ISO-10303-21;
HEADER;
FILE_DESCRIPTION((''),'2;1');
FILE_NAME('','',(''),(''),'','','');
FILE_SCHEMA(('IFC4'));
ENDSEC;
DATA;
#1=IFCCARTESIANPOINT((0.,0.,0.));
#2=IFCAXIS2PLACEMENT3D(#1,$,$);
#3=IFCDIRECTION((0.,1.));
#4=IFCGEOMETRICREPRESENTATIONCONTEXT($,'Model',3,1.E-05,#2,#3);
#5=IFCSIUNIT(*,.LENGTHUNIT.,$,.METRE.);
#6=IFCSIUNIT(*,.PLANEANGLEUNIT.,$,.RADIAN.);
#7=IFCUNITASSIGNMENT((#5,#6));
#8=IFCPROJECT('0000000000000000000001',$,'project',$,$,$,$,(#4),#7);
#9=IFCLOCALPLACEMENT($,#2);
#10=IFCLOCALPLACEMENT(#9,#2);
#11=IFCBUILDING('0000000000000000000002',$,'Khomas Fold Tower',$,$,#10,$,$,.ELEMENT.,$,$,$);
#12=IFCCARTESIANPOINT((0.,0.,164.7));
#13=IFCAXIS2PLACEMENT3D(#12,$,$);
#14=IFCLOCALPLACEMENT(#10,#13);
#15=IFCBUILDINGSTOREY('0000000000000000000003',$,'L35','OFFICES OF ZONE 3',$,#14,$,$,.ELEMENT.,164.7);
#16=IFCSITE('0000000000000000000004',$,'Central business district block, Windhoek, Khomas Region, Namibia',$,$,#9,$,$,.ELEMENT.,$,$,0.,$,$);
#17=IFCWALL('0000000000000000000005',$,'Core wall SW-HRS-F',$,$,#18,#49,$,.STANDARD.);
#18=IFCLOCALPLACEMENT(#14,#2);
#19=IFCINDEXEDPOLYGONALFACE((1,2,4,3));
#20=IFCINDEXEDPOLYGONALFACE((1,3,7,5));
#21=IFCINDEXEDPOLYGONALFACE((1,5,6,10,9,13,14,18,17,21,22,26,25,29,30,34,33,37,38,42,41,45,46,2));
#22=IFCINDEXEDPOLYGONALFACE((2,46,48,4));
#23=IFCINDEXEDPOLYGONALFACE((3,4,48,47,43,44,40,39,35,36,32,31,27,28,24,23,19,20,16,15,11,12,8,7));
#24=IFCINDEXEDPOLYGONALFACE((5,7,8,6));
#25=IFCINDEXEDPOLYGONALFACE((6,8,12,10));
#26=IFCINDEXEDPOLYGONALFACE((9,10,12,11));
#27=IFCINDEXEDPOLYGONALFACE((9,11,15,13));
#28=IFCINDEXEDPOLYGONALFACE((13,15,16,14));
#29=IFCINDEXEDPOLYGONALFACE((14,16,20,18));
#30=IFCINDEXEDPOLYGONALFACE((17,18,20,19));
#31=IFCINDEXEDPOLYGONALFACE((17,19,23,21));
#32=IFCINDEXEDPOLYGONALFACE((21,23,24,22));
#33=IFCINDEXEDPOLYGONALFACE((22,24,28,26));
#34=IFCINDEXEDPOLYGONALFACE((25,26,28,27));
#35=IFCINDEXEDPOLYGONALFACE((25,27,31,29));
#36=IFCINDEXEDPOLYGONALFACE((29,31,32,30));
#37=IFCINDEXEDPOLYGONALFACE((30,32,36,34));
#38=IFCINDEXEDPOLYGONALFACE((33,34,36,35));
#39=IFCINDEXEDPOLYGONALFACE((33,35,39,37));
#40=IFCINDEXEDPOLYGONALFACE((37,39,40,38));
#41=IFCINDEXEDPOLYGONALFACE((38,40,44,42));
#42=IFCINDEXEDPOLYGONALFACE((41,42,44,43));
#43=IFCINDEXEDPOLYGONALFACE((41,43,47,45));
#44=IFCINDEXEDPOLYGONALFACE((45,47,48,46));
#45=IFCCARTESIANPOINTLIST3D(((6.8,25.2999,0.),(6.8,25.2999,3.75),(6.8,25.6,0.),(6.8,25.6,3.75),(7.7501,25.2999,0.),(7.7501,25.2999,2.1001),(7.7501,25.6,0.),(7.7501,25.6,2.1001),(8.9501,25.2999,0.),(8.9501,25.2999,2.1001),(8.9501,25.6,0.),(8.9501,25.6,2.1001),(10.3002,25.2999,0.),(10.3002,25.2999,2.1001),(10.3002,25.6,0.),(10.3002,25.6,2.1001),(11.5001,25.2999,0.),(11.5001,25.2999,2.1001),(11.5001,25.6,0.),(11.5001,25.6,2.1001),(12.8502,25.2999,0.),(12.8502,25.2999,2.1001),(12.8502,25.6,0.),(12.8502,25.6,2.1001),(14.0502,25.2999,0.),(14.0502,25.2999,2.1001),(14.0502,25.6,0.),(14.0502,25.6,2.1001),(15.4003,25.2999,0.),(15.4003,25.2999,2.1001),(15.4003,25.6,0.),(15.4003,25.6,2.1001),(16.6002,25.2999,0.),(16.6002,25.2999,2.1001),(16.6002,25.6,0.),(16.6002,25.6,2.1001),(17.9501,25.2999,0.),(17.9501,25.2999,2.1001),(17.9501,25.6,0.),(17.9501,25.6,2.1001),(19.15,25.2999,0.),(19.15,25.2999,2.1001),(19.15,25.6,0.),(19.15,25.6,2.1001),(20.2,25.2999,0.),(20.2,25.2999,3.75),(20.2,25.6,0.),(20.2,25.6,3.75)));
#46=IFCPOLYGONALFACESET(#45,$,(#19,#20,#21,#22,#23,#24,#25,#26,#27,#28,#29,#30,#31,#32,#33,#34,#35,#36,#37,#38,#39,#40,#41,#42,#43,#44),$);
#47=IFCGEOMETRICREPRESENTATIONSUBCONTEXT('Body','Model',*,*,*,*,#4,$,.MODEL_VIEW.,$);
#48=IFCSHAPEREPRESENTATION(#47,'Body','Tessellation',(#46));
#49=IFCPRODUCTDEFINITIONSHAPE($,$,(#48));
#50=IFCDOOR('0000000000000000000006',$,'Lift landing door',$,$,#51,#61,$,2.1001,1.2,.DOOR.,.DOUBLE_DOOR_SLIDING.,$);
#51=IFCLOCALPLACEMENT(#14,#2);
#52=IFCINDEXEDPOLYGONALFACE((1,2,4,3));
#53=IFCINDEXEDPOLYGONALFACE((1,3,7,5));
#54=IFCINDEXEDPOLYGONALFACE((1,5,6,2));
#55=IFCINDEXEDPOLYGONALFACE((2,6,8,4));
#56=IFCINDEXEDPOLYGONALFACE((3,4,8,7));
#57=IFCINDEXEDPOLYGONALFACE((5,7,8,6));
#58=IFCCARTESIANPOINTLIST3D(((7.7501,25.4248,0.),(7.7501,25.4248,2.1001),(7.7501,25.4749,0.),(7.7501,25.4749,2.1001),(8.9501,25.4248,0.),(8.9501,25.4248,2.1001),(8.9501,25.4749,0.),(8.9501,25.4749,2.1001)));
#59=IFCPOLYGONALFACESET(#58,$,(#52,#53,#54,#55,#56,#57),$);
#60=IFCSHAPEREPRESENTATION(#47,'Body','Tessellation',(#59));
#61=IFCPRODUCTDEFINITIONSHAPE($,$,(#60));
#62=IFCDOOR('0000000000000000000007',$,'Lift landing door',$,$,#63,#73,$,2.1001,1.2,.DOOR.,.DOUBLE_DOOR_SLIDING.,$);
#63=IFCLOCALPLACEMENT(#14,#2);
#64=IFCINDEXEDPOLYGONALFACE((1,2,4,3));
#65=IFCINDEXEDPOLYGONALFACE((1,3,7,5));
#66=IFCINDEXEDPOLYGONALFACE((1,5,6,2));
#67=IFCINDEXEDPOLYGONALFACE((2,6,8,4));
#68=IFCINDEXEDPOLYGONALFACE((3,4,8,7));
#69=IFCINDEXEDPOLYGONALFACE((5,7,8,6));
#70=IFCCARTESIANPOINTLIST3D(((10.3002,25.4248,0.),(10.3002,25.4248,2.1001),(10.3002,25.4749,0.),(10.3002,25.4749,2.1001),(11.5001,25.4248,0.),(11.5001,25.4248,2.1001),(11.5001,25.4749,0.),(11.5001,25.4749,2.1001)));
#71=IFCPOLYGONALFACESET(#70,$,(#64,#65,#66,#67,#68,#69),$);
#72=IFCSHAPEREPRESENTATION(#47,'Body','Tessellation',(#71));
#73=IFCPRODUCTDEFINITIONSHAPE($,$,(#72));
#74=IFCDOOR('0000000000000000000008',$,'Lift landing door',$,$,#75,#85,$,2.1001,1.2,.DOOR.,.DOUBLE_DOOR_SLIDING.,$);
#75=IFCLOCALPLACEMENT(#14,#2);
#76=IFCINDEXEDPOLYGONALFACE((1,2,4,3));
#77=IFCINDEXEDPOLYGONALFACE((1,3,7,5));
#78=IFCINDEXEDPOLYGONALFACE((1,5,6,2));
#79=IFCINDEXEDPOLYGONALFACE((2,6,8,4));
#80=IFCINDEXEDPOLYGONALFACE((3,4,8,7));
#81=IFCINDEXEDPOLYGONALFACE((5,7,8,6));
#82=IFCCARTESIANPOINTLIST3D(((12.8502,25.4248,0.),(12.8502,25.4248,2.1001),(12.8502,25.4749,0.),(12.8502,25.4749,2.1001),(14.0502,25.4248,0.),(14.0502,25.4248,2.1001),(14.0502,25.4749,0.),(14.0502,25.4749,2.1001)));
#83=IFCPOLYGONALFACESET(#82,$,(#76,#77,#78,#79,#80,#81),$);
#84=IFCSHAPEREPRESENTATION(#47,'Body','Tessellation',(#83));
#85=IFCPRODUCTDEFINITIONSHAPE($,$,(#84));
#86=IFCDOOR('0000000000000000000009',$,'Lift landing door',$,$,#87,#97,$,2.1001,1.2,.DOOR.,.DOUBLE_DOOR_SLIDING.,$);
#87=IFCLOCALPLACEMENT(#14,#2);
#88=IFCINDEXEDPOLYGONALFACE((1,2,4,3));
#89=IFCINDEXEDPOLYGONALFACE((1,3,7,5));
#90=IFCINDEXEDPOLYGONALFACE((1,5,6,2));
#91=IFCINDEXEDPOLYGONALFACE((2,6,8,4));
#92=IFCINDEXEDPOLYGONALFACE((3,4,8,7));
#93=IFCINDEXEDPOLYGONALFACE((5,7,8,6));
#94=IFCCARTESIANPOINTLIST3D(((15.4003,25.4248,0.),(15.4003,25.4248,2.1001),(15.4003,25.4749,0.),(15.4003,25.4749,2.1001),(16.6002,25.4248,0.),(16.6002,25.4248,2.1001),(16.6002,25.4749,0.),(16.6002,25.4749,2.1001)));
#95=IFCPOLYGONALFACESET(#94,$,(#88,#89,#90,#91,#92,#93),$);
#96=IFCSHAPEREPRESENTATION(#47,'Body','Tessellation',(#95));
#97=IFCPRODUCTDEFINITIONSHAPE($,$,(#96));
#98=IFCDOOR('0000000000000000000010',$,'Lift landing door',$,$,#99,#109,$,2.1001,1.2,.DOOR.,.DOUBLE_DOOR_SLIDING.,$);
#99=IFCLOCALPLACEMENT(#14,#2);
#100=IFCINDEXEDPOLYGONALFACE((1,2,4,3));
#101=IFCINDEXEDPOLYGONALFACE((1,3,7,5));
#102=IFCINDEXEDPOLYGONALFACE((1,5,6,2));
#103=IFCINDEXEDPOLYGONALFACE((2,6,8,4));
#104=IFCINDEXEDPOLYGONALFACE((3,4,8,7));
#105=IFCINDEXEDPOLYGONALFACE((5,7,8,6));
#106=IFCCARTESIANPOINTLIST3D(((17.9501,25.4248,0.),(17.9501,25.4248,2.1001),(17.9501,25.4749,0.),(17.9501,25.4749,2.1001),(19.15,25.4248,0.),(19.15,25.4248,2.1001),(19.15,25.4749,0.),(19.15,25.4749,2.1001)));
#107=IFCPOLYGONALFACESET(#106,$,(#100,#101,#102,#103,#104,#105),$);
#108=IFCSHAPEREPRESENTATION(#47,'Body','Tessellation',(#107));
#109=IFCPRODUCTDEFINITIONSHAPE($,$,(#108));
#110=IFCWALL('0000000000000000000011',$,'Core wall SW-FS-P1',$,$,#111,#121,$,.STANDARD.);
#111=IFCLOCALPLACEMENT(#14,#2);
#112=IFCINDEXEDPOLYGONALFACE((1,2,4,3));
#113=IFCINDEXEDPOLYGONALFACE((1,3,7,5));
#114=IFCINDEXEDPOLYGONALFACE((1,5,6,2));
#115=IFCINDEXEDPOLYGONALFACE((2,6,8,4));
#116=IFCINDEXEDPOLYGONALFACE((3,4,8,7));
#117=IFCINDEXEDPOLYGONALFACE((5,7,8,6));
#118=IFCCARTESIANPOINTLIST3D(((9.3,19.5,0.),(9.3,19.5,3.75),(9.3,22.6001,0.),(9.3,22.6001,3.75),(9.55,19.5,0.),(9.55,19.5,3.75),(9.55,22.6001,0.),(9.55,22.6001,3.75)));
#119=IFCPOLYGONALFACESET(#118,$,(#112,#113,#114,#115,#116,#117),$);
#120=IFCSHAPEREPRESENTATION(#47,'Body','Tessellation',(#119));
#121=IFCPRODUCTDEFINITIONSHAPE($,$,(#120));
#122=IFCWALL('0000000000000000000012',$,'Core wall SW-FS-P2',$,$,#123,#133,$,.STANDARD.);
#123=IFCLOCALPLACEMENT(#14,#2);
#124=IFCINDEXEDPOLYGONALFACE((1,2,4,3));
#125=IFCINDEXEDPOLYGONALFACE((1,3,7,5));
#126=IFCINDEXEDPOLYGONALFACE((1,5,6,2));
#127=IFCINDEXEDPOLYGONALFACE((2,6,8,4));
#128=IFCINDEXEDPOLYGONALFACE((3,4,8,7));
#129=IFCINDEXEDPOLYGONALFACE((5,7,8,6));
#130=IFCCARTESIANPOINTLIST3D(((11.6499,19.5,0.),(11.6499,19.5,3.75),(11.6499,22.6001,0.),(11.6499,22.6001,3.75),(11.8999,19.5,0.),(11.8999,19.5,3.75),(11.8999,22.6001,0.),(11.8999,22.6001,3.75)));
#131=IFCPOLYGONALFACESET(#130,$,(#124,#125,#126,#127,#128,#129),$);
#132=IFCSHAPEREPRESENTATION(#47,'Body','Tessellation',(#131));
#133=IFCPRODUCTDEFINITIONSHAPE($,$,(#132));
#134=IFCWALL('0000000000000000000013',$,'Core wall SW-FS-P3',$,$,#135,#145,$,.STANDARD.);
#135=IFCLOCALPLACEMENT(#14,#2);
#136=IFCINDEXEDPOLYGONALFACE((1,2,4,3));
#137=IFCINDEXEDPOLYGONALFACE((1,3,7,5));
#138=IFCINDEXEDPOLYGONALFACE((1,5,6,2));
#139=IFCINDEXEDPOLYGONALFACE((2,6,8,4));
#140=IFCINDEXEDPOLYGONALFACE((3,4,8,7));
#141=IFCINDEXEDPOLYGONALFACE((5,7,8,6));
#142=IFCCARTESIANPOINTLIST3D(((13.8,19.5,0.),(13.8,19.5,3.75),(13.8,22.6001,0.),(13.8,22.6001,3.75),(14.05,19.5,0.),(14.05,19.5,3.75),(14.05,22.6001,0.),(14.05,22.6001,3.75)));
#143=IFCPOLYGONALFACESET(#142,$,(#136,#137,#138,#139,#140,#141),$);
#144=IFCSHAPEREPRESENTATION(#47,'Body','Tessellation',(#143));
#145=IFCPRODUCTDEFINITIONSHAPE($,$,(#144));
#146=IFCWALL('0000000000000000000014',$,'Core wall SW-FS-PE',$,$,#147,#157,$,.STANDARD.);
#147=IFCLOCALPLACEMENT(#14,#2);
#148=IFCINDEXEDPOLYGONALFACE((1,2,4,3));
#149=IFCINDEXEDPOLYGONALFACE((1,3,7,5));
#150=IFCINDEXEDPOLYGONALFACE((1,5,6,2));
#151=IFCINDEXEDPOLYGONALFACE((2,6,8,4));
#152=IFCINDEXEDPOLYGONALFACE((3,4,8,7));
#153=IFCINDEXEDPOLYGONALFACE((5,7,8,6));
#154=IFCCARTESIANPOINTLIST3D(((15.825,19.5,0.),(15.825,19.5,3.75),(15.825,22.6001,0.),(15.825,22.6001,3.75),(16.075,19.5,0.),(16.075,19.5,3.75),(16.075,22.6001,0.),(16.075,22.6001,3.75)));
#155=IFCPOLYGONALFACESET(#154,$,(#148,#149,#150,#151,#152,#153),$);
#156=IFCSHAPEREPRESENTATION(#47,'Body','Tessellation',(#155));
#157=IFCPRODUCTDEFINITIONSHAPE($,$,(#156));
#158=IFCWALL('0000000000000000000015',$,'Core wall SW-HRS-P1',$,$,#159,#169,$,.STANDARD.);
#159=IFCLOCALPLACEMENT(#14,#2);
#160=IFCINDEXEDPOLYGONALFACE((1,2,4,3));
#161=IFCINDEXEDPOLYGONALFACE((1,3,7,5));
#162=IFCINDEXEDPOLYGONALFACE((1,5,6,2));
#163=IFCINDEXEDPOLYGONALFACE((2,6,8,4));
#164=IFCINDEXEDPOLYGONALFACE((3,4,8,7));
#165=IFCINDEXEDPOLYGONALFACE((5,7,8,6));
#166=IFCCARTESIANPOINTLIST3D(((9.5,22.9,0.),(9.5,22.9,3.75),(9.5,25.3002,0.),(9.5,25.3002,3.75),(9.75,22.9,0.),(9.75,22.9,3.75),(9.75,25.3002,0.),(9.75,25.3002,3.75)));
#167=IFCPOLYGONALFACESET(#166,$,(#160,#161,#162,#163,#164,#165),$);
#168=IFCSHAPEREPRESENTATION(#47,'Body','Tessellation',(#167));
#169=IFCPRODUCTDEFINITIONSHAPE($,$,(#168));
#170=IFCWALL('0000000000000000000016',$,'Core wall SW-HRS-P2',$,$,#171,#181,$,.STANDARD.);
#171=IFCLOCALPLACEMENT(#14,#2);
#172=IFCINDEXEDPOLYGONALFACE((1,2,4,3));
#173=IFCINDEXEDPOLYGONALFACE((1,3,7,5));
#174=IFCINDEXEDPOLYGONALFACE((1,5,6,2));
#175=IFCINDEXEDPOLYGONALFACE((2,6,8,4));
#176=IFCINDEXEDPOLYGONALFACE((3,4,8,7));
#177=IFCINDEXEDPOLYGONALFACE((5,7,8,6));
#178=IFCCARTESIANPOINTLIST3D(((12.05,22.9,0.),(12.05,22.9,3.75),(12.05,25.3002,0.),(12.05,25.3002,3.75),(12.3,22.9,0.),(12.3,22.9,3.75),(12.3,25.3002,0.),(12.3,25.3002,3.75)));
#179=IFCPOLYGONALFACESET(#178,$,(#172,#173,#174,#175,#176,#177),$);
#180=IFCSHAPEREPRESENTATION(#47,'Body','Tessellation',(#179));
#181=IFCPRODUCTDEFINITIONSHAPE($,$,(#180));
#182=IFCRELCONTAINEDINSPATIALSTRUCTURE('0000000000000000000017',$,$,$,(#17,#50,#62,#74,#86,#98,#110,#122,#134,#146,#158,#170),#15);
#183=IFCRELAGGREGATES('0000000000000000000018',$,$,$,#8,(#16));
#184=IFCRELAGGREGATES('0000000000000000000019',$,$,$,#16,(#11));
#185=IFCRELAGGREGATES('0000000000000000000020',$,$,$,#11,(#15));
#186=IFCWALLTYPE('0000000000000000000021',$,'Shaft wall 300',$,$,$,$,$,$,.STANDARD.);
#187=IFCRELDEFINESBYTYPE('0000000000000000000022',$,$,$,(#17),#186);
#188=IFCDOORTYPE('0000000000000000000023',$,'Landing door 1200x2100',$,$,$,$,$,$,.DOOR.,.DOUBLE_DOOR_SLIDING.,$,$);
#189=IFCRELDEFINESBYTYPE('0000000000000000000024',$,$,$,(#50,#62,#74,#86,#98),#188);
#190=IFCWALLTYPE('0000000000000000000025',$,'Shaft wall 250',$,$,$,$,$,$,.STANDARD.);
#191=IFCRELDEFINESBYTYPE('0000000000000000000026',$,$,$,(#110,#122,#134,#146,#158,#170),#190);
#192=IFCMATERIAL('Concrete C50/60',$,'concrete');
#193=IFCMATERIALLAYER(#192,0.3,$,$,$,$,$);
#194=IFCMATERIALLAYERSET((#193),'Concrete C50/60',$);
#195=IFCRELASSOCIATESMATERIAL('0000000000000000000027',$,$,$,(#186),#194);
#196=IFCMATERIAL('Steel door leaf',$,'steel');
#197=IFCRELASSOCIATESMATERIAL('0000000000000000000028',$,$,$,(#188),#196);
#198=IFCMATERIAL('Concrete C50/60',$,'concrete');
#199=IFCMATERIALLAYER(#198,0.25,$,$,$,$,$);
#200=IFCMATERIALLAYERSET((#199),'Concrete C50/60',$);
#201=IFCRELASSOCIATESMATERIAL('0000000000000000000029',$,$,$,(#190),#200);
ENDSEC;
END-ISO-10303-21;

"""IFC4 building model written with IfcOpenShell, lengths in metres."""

from ifc_helpers import new_model, si_unit, direction, frame, frame_2d, origin, place, context, subcontext, project, spatial, rectangle, extrude, source, transform, mapped, material, layer, layer_set, type_object, element, fill, save


model = new_model("IFC4")

# Units and contexts
model_context = context("Model", 3, precision=1e-05, world=origin(), true_north=direction((0.0, 1.0)))
body_context = subcontext(model_context, "Body", "Model", "MODEL_VIEW")
ifc_project = project(units=[si_unit("LENGTHUNIT", "METRE"), si_unit("PLANEANGLEUNIT", "RADIAN")], contexts=[model_context])

# Site, building, storey
site_placement = place(None, origin())
site = spatial("IfcSite", under=ifc_project, at=site_placement, Name="Central business district block, Windhoek, Khomas Region, Namibia", CompositionType="ELEMENT", RefElevation=0.0)
building_placement = place(site_placement, origin())
building = spatial("IfcBuilding", under=site, at=building_placement, Name="Khomas Fold Tower", CompositionType="ELEMENT")
storey_placement = place(building_placement, frame((0.0, 0.0, 164.7)))
storey = spatial("IfcBuildingStorey", under=building, at=storey_placement, Name="L35", Description="OFFICES OF ZONE 3", CompositionType="ELEMENT", Elevation=164.7)

# Shared definitions
shared_shape_1 = source(origin(), body_context, "Body", "SweptSolid", [
    extrude(rectangle(XDim=1.2, YDim=2.1001, at=frame_2d((0.6001, 1.05))), frame((0.0, 0.0249, 0.0), z_axis=(0.0, -1.0, 0.0), x_axis=(1.0, 0.0, 0.0)), (0.0, 0.0, 1.0), 0.05),
])

# Wall, openings, doors
ifc_material_1 = material(Name="Concrete C50/60", Category="concrete")
ifc_layer_1 = layer(ifc_material_1, 0.3)
ifc_layer_set_1 = layer_set([ifc_layer_1], Name="Concrete C50/60")
wall_type_1 = type_object("IfcWallType", Name="Shaft wall 300", PredefinedType="STANDARD", material=ifc_layer_set_1)
shared_shape_2 = source(origin(), body_context, "Body", "SweptSolid", [
    extrude(rectangle(XDim=13.3999, YDim=0.3, at=frame_2d((6.7, 0.0))), origin(), (0.0, 0.0, 1.0), 3.75),
])
wall_1_placement = place(storey_placement, frame((6.8, 25.45, 0.0), z_axis=(0.0, 0.0, 1.0), x_axis=(1.0, 0.0, 0.0)))
wall_1 = element("IfcWall", 1, at=wall_1_placement, inside=storey, type_object=wall_type_1, Name="Core wall SW-HRS-F", PredefinedType="STANDARD", context=body_context, shape_type="MappedRepresentation", body=[
    mapped(shared_shape_2, transform((0.0, 0.0, 0.0))),
])
shared_shape_3 = source(origin(), body_context, "Body", "SweptSolid", [
    extrude(rectangle(XDim=1.2, YDim=2.1001, at=frame_2d((0.6001, 1.05))), frame((0.0, 0.1599, 0.0), z_axis=(0.0, -1.0, 0.0), x_axis=(1.0, 0.0, 0.0)), (0.0, 0.0, 1.0), 0.3201),
])
opening_1_placement = place(wall_1_placement, frame((0.95, 0.0, 0.0)))
opening_1 = element("IfcOpeningElement", 2, at=opening_1_placement, cuts=wall_1, PredefinedType="OPENING", context=body_context, shape_type="MappedRepresentation", body=[
    mapped(shared_shape_3, transform((0.0, 0.0, 0.0))),
])
opening_2_placement = place(wall_1_placement, frame((3.5, 0.0, 0.0)))
opening_2 = element("IfcOpeningElement", 3, at=opening_2_placement, cuts=wall_1, PredefinedType="OPENING", context=body_context, shape_type="MappedRepresentation", body=[
    mapped(shared_shape_3, transform((0.0, 0.0, 0.0))),
])
opening_3_placement = place(wall_1_placement, frame((6.05, 0.0, 0.0)))
opening_3 = element("IfcOpeningElement", 4, at=opening_3_placement, cuts=wall_1, PredefinedType="OPENING", context=body_context, shape_type="MappedRepresentation", body=[
    mapped(shared_shape_3, transform((0.0, 0.0, 0.0))),
])
opening_4_placement = place(wall_1_placement, frame((8.6001, 0.0, 0.0)))
opening_4 = element("IfcOpeningElement", 5, at=opening_4_placement, cuts=wall_1, PredefinedType="OPENING", context=body_context, shape_type="MappedRepresentation", body=[
    mapped(shared_shape_3, transform((0.0, 0.0, 0.0))),
])
opening_5_placement = place(wall_1_placement, frame((11.1499, 0.0, 0.0)))
opening_5 = element("IfcOpeningElement", 6, at=opening_5_placement, cuts=wall_1, PredefinedType="OPENING", context=body_context, shape_type="MappedRepresentation", body=[
    mapped(shared_shape_3, transform((0.0, 0.0, 0.0))),
])
ifc_material_2 = material(Name="Steel door leaf", Category="steel")
door_type_1 = type_object("IfcDoorType", Name="Landing door 1200x2100", OperationType="DOUBLE_DOOR_SLIDING", PredefinedType="DOOR", material=ifc_material_2)
door_1_placement = place(opening_1_placement, origin())
door_1 = element("IfcDoor", 7, at=door_1_placement, inside=storey, type_object=door_type_1, Name="Lift landing door", OperationType="DOUBLE_DOOR_SLIDING", OverallHeight=2.1001, OverallWidth=1.2, PredefinedType="DOOR", context=body_context, shape_type="MappedRepresentation", body=[
    mapped(shared_shape_1, transform((0.0, 0.0, 0.0))),
])
fill(opening_1, door_1)
door_2_placement = place(opening_2_placement, origin())
door_2 = element("IfcDoor", 8, at=door_2_placement, inside=storey, type_object=door_type_1, Name="Lift landing door", OperationType="DOUBLE_DOOR_SLIDING", OverallHeight=2.1001, OverallWidth=1.2, PredefinedType="DOOR", context=body_context, shape_type="MappedRepresentation", body=[
    mapped(shared_shape_1, transform((0.0, 0.0, 0.0))),
])
fill(opening_2, door_2)
door_3_placement = place(opening_3_placement, origin())
door_3 = element("IfcDoor", 9, at=door_3_placement, inside=storey, type_object=door_type_1, Name="Lift landing door", OperationType="DOUBLE_DOOR_SLIDING", OverallHeight=2.1001, OverallWidth=1.2, PredefinedType="DOOR", context=body_context, shape_type="MappedRepresentation", body=[
    mapped(shared_shape_1, transform((0.0, 0.0, 0.0))),
])
fill(opening_3, door_3)
door_4_placement = place(opening_4_placement, origin())
door_4 = element("IfcDoor", 10, at=door_4_placement, inside=storey, type_object=door_type_1, Name="Lift landing door", OperationType="DOUBLE_DOOR_SLIDING", OverallHeight=2.1001, OverallWidth=1.2, PredefinedType="DOOR", context=body_context, shape_type="MappedRepresentation", body=[
    mapped(shared_shape_1, transform((0.0, 0.0, 0.0))),
])
fill(opening_4, door_4)
door_5_placement = place(opening_5_placement, origin())
door_5 = element("IfcDoor", 11, at=door_5_placement, inside=storey, type_object=door_type_1, Name="Lift landing door", OperationType="DOUBLE_DOOR_SLIDING", OverallHeight=2.1001, OverallWidth=1.2, PredefinedType="DOOR", context=body_context, shape_type="MappedRepresentation", body=[
    mapped(shared_shape_1, transform((0.0, 0.0, 0.0))),
])
fill(opening_5, door_5)

# Walls
ifc_material_3 = material(Name="Concrete C50/60", Category="concrete")
ifc_layer_2 = layer(ifc_material_3, 0.25)
ifc_layer_set_2 = layer_set([ifc_layer_2], Name="Concrete C50/60")
wall_type_2 = type_object("IfcWallType", Name="Shaft wall 250", PredefinedType="STANDARD", material=ifc_layer_set_2)
shared_shape_4 = source(origin(), body_context, "Body", "SweptSolid", [
    extrude(rectangle(XDim=3.1001, YDim=0.25, at=frame_2d((1.55, 0.0))), origin(), (0.0, 0.0, 1.0), 3.75),
])
for number, where, z_axis, x_axis, name in (
    (12, (9.425, 19.5, 0.0), (0.0, 0.0, 1.0), (0.0, 1.0, 0.0), "Core wall SW-FS-P1"),
    (13, (11.7749, 19.5, 0.0), (0.0, 0.0, 1.0), (0.0, 1.0, 0.0), "Core wall SW-FS-P2"),
    (14, (13.925, 19.5, 0.0), (0.0, 0.0, 1.0), (0.0, 1.0, 0.0), "Core wall SW-FS-P3"),
    (15, (15.95, 19.5, 0.0), (0.0, 0.0, 1.0), (0.0, 1.0, 0.0), "Core wall SW-FS-PE"),
):
    element("IfcWall", number, at=place(storey_placement, frame(where, z_axis=z_axis, x_axis=x_axis)), inside=storey, type_object=wall_type_2, Name=name, PredefinedType="STANDARD", context=body_context, shape_type="MappedRepresentation", body=[
        mapped(shared_shape_4, transform((0.0, 0.0, 0.0))),
    ])
shared_shape_5 = source(origin(), body_context, "Body", "SweptSolid", [
    extrude(rectangle(XDim=2.4001, YDim=0.25, at=frame_2d((1.2002, 0.0))), origin(), (0.0, 0.0, 1.0), 3.75),
])
for number, where, z_axis, x_axis, name in (
    (16, (9.625, 22.8999, 0.0), (0.0, 0.0, 1.0), (0.0, 1.0, 0.0), "Core wall SW-HRS-P1"),
    (17, (12.175, 22.8999, 0.0), (0.0, 0.0, 1.0), (0.0, 1.0, 0.0), "Core wall SW-HRS-P2"),
):
    element("IfcWall", number, at=place(storey_placement, frame(where, z_axis=z_axis, x_axis=x_axis)), inside=storey, type_object=wall_type_2, Name=name, PredefinedType="STANDARD", context=body_context, shape_type="MappedRepresentation", body=[
        mapped(shared_shape_5, transform((0.0, 0.0, 0.0))),
    ])

save(model, "model.ifc")
